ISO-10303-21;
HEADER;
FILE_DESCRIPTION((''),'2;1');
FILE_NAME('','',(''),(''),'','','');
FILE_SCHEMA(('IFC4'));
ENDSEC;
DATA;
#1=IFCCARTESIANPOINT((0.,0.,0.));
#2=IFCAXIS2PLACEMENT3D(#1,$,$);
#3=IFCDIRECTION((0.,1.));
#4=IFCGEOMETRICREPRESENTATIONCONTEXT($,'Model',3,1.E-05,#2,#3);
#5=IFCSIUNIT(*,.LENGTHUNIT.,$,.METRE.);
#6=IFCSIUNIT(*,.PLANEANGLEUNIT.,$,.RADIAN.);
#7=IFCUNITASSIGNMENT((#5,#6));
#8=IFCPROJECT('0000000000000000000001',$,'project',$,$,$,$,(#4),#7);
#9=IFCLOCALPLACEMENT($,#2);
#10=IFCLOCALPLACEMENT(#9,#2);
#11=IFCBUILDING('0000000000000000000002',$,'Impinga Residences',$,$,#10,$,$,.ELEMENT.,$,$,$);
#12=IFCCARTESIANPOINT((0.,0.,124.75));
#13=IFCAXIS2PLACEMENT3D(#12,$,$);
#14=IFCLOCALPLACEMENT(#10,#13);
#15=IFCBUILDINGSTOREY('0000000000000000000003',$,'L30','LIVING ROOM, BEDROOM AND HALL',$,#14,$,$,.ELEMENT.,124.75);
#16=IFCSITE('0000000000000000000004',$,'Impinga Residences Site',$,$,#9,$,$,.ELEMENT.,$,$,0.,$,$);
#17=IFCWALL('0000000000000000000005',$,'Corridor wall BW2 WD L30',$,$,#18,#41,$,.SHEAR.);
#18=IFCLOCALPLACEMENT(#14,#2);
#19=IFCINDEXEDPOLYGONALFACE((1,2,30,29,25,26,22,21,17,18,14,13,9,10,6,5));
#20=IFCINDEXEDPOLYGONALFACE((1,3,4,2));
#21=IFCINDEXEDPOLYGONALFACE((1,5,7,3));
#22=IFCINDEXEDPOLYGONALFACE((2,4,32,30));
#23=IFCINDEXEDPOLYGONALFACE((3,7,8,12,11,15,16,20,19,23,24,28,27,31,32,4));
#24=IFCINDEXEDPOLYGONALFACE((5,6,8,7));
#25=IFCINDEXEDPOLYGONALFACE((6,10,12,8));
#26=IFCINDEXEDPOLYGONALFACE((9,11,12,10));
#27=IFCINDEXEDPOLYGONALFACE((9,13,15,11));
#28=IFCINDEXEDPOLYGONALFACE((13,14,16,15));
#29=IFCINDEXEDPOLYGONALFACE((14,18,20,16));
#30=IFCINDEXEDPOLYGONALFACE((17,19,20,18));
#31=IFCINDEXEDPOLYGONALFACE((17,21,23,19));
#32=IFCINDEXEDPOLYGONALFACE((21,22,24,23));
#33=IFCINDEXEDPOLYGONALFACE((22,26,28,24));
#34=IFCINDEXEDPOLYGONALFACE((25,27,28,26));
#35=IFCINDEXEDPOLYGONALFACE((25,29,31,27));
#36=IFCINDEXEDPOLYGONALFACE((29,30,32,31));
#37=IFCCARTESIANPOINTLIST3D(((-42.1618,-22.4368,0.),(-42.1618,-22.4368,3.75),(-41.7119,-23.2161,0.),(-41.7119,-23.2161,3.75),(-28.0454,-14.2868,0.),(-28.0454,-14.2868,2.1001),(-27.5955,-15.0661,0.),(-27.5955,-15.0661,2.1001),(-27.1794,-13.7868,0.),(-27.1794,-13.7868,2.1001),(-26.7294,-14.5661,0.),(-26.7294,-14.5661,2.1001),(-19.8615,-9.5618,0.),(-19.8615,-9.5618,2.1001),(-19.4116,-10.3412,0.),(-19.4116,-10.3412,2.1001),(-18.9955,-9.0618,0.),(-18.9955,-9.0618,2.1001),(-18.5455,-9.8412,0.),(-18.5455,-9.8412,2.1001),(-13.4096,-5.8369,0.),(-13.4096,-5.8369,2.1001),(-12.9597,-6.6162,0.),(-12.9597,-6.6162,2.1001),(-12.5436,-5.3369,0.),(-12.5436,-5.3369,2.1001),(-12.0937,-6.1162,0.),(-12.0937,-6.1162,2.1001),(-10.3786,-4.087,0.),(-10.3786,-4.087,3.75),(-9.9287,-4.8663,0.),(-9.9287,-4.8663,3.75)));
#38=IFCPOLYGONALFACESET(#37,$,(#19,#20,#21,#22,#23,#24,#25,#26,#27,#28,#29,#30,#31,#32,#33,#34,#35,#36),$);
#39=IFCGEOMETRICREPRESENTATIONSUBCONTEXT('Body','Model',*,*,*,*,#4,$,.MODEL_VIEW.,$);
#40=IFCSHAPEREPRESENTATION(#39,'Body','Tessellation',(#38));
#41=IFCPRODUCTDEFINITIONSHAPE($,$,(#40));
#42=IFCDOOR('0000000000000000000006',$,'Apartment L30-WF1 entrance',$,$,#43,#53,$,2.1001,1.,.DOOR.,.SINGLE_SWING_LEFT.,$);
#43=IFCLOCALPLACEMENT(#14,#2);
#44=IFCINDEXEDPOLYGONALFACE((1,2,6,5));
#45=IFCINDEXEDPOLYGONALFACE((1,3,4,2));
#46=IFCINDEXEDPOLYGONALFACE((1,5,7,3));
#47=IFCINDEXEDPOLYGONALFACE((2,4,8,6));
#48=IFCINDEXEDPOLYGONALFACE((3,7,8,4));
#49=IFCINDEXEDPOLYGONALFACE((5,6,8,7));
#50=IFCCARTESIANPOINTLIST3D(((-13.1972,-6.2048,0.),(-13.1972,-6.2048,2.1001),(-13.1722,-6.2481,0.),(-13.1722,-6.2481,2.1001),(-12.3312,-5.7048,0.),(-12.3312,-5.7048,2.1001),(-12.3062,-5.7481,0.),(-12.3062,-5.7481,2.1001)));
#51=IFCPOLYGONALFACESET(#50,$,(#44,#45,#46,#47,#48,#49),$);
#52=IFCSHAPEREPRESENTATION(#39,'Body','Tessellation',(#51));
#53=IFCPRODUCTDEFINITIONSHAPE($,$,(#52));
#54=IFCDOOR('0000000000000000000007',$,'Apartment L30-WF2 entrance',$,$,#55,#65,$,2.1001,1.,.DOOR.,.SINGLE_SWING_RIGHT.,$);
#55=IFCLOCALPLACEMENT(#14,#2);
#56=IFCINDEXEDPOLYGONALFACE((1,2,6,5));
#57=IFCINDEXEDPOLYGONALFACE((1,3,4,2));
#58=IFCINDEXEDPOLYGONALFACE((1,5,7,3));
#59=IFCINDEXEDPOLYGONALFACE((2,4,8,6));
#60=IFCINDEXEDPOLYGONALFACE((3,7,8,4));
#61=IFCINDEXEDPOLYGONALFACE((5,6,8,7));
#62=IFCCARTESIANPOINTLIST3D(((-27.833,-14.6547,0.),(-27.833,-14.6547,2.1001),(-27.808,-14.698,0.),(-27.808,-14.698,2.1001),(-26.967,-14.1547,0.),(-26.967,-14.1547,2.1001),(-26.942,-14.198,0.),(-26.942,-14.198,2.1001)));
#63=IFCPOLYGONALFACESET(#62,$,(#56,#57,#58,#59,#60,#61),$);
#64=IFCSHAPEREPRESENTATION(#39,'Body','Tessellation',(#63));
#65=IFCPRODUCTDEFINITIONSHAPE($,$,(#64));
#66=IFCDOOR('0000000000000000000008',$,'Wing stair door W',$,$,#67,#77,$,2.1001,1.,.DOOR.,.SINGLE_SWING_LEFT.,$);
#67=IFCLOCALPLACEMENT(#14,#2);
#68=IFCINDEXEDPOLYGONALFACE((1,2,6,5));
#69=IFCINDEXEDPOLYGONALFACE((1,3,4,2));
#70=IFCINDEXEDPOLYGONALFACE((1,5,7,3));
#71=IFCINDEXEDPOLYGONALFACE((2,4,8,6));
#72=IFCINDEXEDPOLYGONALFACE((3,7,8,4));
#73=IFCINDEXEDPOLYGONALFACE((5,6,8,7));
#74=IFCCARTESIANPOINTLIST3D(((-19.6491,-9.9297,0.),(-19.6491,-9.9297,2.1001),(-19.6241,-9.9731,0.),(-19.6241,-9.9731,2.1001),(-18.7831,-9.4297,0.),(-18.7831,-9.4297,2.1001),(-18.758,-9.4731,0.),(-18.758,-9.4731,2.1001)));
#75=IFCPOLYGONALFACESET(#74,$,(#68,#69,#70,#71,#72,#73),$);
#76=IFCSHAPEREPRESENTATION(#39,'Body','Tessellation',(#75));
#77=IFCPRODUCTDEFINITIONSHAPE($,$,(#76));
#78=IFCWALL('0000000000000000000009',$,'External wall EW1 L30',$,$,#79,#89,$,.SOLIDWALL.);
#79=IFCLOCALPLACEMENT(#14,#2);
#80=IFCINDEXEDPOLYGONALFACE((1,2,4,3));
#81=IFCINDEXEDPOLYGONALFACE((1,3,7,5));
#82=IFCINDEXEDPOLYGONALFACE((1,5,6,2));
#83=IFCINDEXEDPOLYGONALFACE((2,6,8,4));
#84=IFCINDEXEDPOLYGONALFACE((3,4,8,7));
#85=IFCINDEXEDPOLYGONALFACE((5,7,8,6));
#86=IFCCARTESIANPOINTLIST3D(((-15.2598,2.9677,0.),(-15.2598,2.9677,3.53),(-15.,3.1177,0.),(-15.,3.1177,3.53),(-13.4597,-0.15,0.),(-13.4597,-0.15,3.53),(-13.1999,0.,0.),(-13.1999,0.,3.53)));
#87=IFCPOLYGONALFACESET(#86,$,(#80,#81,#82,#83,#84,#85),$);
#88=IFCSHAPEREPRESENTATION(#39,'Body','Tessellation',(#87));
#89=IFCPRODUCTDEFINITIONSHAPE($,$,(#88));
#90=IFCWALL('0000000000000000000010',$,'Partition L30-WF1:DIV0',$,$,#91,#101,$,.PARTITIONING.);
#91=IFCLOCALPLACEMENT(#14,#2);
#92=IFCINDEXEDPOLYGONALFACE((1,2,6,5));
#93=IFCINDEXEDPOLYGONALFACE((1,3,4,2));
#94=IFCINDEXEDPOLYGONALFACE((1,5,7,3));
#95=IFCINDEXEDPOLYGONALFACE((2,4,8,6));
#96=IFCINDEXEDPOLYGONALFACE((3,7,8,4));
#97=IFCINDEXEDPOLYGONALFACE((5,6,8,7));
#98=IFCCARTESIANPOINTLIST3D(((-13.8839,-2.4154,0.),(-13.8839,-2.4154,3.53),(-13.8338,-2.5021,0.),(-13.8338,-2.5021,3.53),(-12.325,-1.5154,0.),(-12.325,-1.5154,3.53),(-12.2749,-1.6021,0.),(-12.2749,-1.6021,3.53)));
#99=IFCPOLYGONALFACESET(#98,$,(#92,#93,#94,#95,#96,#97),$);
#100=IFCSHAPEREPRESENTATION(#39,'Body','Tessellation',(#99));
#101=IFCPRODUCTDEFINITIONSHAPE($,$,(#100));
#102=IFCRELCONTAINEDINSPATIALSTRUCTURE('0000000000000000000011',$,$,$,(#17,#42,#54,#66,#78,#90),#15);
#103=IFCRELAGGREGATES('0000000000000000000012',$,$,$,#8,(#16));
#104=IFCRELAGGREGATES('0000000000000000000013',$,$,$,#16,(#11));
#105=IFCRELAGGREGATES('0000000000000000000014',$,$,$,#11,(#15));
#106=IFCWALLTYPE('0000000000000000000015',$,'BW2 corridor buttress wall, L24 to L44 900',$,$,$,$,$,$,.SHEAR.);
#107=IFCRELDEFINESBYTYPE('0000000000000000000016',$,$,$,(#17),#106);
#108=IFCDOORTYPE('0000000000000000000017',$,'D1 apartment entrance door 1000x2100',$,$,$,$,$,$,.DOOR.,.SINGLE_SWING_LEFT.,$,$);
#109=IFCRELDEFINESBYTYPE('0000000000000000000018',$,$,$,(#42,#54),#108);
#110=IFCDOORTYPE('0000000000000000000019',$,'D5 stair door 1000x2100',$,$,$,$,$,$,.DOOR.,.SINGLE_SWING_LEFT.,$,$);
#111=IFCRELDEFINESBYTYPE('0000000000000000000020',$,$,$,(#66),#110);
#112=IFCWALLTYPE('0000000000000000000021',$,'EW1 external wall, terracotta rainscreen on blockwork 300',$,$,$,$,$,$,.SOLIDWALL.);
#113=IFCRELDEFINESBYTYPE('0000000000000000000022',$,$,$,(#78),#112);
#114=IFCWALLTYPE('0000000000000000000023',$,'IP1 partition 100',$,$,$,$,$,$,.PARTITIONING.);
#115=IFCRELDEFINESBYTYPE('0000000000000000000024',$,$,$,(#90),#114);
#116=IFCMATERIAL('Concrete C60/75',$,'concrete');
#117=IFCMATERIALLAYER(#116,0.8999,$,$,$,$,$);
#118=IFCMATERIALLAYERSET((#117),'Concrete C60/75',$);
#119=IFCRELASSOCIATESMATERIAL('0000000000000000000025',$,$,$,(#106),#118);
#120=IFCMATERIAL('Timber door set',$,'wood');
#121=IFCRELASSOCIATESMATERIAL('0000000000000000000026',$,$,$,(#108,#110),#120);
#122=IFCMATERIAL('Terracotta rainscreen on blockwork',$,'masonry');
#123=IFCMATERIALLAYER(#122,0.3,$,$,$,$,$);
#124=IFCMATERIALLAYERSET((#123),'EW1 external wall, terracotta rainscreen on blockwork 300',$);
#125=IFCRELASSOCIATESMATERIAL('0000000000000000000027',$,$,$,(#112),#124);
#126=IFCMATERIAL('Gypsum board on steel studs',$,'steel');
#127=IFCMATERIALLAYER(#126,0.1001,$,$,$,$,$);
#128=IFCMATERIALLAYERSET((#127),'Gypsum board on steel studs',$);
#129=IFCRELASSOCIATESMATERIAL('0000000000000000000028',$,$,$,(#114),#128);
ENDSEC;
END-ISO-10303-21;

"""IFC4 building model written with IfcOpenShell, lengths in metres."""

from ifc_helpers import new_model, si_unit, direction, frame, frame_2d, origin, place, context, subcontext, project, spatial, rectangle, extrude, material, layer, layer_set, type_object, element, fill, save


model = new_model("IFC4")

# Units and contexts
model_context = context("Model", 3, precision=1e-05, world=origin(), true_north=direction((0.0, 1.0)))
body_context = subcontext(model_context, "Body", "Model", "MODEL_VIEW")
ifc_project = project(units=[si_unit("LENGTHUNIT", "METRE"), si_unit("PLANEANGLEUNIT", "RADIAN")], contexts=[model_context])

# Site, building, storey
site_placement = place(None, origin())
site = spatial("IfcSite", under=ifc_project, at=site_placement, Name="Impinga Residences Site", CompositionType="ELEMENT", RefElevation=0.0)
building_placement = place(site_placement, origin())
building = spatial("IfcBuilding", under=site, at=building_placement, Name="Impinga Residences", CompositionType="ELEMENT")
storey_placement = place(building_placement, frame((0.0, 0.0, 124.75)))
storey = spatial("IfcBuildingStorey", under=building, at=storey_placement, Name="L30", Description="LIVING ROOM, BEDROOM AND HALL", CompositionType="ELEMENT", Elevation=124.75)

# Shared definitions
ifc_material_1 = material(Name="Concrete C60/75", Category="concrete")

# Wall, openings, doors
ifc_layer_1 = layer(ifc_material_1, 0.8999)
ifc_layer_set_1 = layer_set([ifc_layer_1], Name="Concrete C60/75")
wall_type_1 = type_object("IfcWallType", Name="BW2 corridor buttress wall, L24 to L44 900", PredefinedType="SHEAR", material=ifc_layer_set_1)
ifc_material_2 = material(Name="Timber door set", Category="wood")
door_type_1 = type_object("IfcDoorType", Name="D1 apartment entrance door 1000x2100", OperationType="SINGLE_SWING_LEFT", PredefinedType="DOOR", material=ifc_material_2)
wall_1_placement = place(storey_placement, frame((-10.1536, -4.4766, 0.0), z_axis=(0.0, 0.0, 1.0), x_axis=(-0.866028, -0.499996, 0.0)))
wall_1 = element("IfcWall", 1, at=wall_1_placement, inside=storey, type_object=wall_type_1, Name="Corridor wall BW2 WD L30", PredefinedType="SHEAR", context=body_context, shape_type="SweptSolid", body=[
    extrude(rectangle(XDim=36.7, YDim=0.8999, at=frame_2d((18.3501, 0.0))), origin(), (0.0, 0.0, 1.0), 3.75),
])
opening_1_placement = place(wall_1_placement, frame((9.95, 0.0, 0.0)))
opening_1 = element("IfcOpeningElement", 2, at=opening_1_placement, cuts=wall_1, PredefinedType="OPENING", context=body_context, shape_type="SweptSolid", body=[
    extrude(rectangle(XDim=1.0, YDim=2.1001, at=frame_2d((0.5, 1.05))), frame((0.0, 0.46, 0.0), z_axis=(0.0, -1.0, 0.0), x_axis=(1.0, 0.0, 0.0)), (0.0, 0.0, 1.0), 0.9199),
])
opening_2_placement = place(wall_1_placement, frame((2.5, 0.0, 0.0)))
opening_2 = element("IfcOpeningElement", 3, at=opening_2_placement, cuts=wall_1, PredefinedType="OPENING", context=body_context, shape_type="SweptSolid", body=[
    extrude(rectangle(XDim=1.0, YDim=2.1001, at=frame_2d((0.5, 1.05))), frame((0.0, 0.46, 0.0), z_axis=(0.0, -1.0, 0.0), x_axis=(1.0, 0.0, 0.0)), (0.0, 0.0, 1.0), 0.9199),
])
opening_3_placement = place(wall_1_placement, frame((19.3999, 0.0, 0.0)))
opening_3 = element("IfcOpeningElement", 4, at=opening_3_placement, cuts=wall_1, PredefinedType="OPENING", context=body_context, shape_type="SweptSolid", body=[
    extrude(rectangle(XDim=1.0, YDim=2.1001, at=frame_2d((0.5, 1.05))), frame((0.0, 0.46, 0.0), z_axis=(0.0, -1.0, 0.0), x_axis=(1.0, 0.0, 0.0)), (0.0, 0.0, 1.0), 0.9199),
])
door_1_placement = place(opening_2_placement, origin())
door_1 = element("IfcDoor", 5, at=door_1_placement, inside=storey, type_object=door_type_1, Name="Apartment L30-WF1 entrance", OperationType="SINGLE_SWING_LEFT", OverallHeight=2.1001, OverallWidth=1.0, PredefinedType="DOOR", context=body_context, shape_type="SweptSolid", body=[
    extrude(rectangle(XDim=1.0, YDim=2.1001, at=frame_2d((0.5, 1.05))), frame((0.0, 0.0249, 0.0), z_axis=(0.0, -1.0, 0.0), x_axis=(1.0, 0.0, 0.0)), (0.0, 0.0, 1.0), 0.05),
])
fill(opening_2, door_1)
door_2_placement = place(opening_3_placement, origin())
door_2 = element("IfcDoor", 6, at=door_2_placement, inside=storey, type_object=door_type_1, Name="Apartment L30-WF2 entrance", OperationType="SINGLE_SWING_RIGHT", OverallHeight=2.1001, OverallWidth=1.0, PredefinedType="DOOR", context=body_context, shape_type="SweptSolid", body=[
    extrude(rectangle(XDim=1.0, YDim=2.1001, at=frame_2d((0.5, 1.05))), frame((0.0, 0.0249, 0.0), z_axis=(0.0, -1.0, 0.0), x_axis=(1.0, 0.0, 0.0)), (0.0, 0.0, 1.0), 0.05),
])
fill(opening_3, door_2)
door_type_2 = type_object("IfcDoorType", Name="D5 stair door 1000x2100", OperationType="SINGLE_SWING_LEFT", PredefinedType="DOOR", material=ifc_material_2)
door_3_placement = place(opening_1_placement, origin())
door_3 = element("IfcDoor", 7, at=door_3_placement, inside=storey, type_object=door_type_2, Name="Wing stair door W", OperationType="SINGLE_SWING_LEFT", OverallHeight=2.1001, OverallWidth=1.0, PredefinedType="DOOR", context=body_context, shape_type="SweptSolid", body=[
    extrude(rectangle(XDim=1.0, YDim=2.1001, at=frame_2d((0.5, 1.05))), frame((0.0, 0.0249, 0.0), z_axis=(0.0, -1.0, 0.0), x_axis=(1.0, 0.0, 0.0)), (0.0, 0.0, 1.0), 0.05),
])
fill(opening_1, door_3)

# Walls
ifc_material_3 = material(Name="Terracotta rainscreen on blockwork", Category="masonry")
ifc_layer_2 = layer(ifc_material_3, 0.3)
ifc_layer_set_2 = layer_set([ifc_layer_2], Name="EW1 external wall, terracotta rainscreen on blockwork 300")
wall_type_2 = type_object("IfcWallType", Name="EW1 external wall, terracotta rainscreen on blockwork 300", PredefinedType="SOLIDWALL", material=ifc_layer_set_2)
wall_2_placement = place(storey_placement, frame((-15.1299, 3.0427, 0.0), z_axis=(0.0, 0.0, 1.0), x_axis=(0.500012, -0.866018, 0.0)))
element("IfcWall", 8, at=wall_2_placement, inside=storey, type_object=wall_type_2, Name="External wall EW1 L30", PredefinedType="SOLIDWALL", context=body_context, shape_type="SweptSolid", body=[
    extrude(rectangle(XDim=3.6001, YDim=0.3, at=frame_2d((1.8, 0.0))), origin(), (0.0, 0.0, 1.0), 3.53),
])
ifc_material_4 = material(Name="Gypsum board on steel studs", Category="steel")
ifc_layer_3 = layer(ifc_material_4, 0.1001)
ifc_layer_set_3 = layer_set([ifc_layer_3], Name="Gypsum board on steel studs")
wall_type_3 = type_object("IfcWallType", Name="IP1 partition 100", PredefinedType="PARTITIONING", material=ifc_layer_set_3)
wall_3_placement = place(storey_placement, frame((-12.3, -1.5588, 0.0), z_axis=(0.0, 0.0, 1.0), x_axis=(-0.866048, -0.499961, 0.0)))
element("IfcWall", 9, at=wall_3_placement, inside=storey, type_object=wall_type_3, Name="Partition L30-WF1:DIV0", PredefinedType="PARTITIONING", context=body_context, shape_type="SweptSolid", body=[
    extrude(rectangle(XDim=1.8, YDim=0.1001, at=frame_2d((0.8999, 0.0))), origin(), (0.0, 0.0, 1.0), 3.53),
])

save(model, "model.ifc")
